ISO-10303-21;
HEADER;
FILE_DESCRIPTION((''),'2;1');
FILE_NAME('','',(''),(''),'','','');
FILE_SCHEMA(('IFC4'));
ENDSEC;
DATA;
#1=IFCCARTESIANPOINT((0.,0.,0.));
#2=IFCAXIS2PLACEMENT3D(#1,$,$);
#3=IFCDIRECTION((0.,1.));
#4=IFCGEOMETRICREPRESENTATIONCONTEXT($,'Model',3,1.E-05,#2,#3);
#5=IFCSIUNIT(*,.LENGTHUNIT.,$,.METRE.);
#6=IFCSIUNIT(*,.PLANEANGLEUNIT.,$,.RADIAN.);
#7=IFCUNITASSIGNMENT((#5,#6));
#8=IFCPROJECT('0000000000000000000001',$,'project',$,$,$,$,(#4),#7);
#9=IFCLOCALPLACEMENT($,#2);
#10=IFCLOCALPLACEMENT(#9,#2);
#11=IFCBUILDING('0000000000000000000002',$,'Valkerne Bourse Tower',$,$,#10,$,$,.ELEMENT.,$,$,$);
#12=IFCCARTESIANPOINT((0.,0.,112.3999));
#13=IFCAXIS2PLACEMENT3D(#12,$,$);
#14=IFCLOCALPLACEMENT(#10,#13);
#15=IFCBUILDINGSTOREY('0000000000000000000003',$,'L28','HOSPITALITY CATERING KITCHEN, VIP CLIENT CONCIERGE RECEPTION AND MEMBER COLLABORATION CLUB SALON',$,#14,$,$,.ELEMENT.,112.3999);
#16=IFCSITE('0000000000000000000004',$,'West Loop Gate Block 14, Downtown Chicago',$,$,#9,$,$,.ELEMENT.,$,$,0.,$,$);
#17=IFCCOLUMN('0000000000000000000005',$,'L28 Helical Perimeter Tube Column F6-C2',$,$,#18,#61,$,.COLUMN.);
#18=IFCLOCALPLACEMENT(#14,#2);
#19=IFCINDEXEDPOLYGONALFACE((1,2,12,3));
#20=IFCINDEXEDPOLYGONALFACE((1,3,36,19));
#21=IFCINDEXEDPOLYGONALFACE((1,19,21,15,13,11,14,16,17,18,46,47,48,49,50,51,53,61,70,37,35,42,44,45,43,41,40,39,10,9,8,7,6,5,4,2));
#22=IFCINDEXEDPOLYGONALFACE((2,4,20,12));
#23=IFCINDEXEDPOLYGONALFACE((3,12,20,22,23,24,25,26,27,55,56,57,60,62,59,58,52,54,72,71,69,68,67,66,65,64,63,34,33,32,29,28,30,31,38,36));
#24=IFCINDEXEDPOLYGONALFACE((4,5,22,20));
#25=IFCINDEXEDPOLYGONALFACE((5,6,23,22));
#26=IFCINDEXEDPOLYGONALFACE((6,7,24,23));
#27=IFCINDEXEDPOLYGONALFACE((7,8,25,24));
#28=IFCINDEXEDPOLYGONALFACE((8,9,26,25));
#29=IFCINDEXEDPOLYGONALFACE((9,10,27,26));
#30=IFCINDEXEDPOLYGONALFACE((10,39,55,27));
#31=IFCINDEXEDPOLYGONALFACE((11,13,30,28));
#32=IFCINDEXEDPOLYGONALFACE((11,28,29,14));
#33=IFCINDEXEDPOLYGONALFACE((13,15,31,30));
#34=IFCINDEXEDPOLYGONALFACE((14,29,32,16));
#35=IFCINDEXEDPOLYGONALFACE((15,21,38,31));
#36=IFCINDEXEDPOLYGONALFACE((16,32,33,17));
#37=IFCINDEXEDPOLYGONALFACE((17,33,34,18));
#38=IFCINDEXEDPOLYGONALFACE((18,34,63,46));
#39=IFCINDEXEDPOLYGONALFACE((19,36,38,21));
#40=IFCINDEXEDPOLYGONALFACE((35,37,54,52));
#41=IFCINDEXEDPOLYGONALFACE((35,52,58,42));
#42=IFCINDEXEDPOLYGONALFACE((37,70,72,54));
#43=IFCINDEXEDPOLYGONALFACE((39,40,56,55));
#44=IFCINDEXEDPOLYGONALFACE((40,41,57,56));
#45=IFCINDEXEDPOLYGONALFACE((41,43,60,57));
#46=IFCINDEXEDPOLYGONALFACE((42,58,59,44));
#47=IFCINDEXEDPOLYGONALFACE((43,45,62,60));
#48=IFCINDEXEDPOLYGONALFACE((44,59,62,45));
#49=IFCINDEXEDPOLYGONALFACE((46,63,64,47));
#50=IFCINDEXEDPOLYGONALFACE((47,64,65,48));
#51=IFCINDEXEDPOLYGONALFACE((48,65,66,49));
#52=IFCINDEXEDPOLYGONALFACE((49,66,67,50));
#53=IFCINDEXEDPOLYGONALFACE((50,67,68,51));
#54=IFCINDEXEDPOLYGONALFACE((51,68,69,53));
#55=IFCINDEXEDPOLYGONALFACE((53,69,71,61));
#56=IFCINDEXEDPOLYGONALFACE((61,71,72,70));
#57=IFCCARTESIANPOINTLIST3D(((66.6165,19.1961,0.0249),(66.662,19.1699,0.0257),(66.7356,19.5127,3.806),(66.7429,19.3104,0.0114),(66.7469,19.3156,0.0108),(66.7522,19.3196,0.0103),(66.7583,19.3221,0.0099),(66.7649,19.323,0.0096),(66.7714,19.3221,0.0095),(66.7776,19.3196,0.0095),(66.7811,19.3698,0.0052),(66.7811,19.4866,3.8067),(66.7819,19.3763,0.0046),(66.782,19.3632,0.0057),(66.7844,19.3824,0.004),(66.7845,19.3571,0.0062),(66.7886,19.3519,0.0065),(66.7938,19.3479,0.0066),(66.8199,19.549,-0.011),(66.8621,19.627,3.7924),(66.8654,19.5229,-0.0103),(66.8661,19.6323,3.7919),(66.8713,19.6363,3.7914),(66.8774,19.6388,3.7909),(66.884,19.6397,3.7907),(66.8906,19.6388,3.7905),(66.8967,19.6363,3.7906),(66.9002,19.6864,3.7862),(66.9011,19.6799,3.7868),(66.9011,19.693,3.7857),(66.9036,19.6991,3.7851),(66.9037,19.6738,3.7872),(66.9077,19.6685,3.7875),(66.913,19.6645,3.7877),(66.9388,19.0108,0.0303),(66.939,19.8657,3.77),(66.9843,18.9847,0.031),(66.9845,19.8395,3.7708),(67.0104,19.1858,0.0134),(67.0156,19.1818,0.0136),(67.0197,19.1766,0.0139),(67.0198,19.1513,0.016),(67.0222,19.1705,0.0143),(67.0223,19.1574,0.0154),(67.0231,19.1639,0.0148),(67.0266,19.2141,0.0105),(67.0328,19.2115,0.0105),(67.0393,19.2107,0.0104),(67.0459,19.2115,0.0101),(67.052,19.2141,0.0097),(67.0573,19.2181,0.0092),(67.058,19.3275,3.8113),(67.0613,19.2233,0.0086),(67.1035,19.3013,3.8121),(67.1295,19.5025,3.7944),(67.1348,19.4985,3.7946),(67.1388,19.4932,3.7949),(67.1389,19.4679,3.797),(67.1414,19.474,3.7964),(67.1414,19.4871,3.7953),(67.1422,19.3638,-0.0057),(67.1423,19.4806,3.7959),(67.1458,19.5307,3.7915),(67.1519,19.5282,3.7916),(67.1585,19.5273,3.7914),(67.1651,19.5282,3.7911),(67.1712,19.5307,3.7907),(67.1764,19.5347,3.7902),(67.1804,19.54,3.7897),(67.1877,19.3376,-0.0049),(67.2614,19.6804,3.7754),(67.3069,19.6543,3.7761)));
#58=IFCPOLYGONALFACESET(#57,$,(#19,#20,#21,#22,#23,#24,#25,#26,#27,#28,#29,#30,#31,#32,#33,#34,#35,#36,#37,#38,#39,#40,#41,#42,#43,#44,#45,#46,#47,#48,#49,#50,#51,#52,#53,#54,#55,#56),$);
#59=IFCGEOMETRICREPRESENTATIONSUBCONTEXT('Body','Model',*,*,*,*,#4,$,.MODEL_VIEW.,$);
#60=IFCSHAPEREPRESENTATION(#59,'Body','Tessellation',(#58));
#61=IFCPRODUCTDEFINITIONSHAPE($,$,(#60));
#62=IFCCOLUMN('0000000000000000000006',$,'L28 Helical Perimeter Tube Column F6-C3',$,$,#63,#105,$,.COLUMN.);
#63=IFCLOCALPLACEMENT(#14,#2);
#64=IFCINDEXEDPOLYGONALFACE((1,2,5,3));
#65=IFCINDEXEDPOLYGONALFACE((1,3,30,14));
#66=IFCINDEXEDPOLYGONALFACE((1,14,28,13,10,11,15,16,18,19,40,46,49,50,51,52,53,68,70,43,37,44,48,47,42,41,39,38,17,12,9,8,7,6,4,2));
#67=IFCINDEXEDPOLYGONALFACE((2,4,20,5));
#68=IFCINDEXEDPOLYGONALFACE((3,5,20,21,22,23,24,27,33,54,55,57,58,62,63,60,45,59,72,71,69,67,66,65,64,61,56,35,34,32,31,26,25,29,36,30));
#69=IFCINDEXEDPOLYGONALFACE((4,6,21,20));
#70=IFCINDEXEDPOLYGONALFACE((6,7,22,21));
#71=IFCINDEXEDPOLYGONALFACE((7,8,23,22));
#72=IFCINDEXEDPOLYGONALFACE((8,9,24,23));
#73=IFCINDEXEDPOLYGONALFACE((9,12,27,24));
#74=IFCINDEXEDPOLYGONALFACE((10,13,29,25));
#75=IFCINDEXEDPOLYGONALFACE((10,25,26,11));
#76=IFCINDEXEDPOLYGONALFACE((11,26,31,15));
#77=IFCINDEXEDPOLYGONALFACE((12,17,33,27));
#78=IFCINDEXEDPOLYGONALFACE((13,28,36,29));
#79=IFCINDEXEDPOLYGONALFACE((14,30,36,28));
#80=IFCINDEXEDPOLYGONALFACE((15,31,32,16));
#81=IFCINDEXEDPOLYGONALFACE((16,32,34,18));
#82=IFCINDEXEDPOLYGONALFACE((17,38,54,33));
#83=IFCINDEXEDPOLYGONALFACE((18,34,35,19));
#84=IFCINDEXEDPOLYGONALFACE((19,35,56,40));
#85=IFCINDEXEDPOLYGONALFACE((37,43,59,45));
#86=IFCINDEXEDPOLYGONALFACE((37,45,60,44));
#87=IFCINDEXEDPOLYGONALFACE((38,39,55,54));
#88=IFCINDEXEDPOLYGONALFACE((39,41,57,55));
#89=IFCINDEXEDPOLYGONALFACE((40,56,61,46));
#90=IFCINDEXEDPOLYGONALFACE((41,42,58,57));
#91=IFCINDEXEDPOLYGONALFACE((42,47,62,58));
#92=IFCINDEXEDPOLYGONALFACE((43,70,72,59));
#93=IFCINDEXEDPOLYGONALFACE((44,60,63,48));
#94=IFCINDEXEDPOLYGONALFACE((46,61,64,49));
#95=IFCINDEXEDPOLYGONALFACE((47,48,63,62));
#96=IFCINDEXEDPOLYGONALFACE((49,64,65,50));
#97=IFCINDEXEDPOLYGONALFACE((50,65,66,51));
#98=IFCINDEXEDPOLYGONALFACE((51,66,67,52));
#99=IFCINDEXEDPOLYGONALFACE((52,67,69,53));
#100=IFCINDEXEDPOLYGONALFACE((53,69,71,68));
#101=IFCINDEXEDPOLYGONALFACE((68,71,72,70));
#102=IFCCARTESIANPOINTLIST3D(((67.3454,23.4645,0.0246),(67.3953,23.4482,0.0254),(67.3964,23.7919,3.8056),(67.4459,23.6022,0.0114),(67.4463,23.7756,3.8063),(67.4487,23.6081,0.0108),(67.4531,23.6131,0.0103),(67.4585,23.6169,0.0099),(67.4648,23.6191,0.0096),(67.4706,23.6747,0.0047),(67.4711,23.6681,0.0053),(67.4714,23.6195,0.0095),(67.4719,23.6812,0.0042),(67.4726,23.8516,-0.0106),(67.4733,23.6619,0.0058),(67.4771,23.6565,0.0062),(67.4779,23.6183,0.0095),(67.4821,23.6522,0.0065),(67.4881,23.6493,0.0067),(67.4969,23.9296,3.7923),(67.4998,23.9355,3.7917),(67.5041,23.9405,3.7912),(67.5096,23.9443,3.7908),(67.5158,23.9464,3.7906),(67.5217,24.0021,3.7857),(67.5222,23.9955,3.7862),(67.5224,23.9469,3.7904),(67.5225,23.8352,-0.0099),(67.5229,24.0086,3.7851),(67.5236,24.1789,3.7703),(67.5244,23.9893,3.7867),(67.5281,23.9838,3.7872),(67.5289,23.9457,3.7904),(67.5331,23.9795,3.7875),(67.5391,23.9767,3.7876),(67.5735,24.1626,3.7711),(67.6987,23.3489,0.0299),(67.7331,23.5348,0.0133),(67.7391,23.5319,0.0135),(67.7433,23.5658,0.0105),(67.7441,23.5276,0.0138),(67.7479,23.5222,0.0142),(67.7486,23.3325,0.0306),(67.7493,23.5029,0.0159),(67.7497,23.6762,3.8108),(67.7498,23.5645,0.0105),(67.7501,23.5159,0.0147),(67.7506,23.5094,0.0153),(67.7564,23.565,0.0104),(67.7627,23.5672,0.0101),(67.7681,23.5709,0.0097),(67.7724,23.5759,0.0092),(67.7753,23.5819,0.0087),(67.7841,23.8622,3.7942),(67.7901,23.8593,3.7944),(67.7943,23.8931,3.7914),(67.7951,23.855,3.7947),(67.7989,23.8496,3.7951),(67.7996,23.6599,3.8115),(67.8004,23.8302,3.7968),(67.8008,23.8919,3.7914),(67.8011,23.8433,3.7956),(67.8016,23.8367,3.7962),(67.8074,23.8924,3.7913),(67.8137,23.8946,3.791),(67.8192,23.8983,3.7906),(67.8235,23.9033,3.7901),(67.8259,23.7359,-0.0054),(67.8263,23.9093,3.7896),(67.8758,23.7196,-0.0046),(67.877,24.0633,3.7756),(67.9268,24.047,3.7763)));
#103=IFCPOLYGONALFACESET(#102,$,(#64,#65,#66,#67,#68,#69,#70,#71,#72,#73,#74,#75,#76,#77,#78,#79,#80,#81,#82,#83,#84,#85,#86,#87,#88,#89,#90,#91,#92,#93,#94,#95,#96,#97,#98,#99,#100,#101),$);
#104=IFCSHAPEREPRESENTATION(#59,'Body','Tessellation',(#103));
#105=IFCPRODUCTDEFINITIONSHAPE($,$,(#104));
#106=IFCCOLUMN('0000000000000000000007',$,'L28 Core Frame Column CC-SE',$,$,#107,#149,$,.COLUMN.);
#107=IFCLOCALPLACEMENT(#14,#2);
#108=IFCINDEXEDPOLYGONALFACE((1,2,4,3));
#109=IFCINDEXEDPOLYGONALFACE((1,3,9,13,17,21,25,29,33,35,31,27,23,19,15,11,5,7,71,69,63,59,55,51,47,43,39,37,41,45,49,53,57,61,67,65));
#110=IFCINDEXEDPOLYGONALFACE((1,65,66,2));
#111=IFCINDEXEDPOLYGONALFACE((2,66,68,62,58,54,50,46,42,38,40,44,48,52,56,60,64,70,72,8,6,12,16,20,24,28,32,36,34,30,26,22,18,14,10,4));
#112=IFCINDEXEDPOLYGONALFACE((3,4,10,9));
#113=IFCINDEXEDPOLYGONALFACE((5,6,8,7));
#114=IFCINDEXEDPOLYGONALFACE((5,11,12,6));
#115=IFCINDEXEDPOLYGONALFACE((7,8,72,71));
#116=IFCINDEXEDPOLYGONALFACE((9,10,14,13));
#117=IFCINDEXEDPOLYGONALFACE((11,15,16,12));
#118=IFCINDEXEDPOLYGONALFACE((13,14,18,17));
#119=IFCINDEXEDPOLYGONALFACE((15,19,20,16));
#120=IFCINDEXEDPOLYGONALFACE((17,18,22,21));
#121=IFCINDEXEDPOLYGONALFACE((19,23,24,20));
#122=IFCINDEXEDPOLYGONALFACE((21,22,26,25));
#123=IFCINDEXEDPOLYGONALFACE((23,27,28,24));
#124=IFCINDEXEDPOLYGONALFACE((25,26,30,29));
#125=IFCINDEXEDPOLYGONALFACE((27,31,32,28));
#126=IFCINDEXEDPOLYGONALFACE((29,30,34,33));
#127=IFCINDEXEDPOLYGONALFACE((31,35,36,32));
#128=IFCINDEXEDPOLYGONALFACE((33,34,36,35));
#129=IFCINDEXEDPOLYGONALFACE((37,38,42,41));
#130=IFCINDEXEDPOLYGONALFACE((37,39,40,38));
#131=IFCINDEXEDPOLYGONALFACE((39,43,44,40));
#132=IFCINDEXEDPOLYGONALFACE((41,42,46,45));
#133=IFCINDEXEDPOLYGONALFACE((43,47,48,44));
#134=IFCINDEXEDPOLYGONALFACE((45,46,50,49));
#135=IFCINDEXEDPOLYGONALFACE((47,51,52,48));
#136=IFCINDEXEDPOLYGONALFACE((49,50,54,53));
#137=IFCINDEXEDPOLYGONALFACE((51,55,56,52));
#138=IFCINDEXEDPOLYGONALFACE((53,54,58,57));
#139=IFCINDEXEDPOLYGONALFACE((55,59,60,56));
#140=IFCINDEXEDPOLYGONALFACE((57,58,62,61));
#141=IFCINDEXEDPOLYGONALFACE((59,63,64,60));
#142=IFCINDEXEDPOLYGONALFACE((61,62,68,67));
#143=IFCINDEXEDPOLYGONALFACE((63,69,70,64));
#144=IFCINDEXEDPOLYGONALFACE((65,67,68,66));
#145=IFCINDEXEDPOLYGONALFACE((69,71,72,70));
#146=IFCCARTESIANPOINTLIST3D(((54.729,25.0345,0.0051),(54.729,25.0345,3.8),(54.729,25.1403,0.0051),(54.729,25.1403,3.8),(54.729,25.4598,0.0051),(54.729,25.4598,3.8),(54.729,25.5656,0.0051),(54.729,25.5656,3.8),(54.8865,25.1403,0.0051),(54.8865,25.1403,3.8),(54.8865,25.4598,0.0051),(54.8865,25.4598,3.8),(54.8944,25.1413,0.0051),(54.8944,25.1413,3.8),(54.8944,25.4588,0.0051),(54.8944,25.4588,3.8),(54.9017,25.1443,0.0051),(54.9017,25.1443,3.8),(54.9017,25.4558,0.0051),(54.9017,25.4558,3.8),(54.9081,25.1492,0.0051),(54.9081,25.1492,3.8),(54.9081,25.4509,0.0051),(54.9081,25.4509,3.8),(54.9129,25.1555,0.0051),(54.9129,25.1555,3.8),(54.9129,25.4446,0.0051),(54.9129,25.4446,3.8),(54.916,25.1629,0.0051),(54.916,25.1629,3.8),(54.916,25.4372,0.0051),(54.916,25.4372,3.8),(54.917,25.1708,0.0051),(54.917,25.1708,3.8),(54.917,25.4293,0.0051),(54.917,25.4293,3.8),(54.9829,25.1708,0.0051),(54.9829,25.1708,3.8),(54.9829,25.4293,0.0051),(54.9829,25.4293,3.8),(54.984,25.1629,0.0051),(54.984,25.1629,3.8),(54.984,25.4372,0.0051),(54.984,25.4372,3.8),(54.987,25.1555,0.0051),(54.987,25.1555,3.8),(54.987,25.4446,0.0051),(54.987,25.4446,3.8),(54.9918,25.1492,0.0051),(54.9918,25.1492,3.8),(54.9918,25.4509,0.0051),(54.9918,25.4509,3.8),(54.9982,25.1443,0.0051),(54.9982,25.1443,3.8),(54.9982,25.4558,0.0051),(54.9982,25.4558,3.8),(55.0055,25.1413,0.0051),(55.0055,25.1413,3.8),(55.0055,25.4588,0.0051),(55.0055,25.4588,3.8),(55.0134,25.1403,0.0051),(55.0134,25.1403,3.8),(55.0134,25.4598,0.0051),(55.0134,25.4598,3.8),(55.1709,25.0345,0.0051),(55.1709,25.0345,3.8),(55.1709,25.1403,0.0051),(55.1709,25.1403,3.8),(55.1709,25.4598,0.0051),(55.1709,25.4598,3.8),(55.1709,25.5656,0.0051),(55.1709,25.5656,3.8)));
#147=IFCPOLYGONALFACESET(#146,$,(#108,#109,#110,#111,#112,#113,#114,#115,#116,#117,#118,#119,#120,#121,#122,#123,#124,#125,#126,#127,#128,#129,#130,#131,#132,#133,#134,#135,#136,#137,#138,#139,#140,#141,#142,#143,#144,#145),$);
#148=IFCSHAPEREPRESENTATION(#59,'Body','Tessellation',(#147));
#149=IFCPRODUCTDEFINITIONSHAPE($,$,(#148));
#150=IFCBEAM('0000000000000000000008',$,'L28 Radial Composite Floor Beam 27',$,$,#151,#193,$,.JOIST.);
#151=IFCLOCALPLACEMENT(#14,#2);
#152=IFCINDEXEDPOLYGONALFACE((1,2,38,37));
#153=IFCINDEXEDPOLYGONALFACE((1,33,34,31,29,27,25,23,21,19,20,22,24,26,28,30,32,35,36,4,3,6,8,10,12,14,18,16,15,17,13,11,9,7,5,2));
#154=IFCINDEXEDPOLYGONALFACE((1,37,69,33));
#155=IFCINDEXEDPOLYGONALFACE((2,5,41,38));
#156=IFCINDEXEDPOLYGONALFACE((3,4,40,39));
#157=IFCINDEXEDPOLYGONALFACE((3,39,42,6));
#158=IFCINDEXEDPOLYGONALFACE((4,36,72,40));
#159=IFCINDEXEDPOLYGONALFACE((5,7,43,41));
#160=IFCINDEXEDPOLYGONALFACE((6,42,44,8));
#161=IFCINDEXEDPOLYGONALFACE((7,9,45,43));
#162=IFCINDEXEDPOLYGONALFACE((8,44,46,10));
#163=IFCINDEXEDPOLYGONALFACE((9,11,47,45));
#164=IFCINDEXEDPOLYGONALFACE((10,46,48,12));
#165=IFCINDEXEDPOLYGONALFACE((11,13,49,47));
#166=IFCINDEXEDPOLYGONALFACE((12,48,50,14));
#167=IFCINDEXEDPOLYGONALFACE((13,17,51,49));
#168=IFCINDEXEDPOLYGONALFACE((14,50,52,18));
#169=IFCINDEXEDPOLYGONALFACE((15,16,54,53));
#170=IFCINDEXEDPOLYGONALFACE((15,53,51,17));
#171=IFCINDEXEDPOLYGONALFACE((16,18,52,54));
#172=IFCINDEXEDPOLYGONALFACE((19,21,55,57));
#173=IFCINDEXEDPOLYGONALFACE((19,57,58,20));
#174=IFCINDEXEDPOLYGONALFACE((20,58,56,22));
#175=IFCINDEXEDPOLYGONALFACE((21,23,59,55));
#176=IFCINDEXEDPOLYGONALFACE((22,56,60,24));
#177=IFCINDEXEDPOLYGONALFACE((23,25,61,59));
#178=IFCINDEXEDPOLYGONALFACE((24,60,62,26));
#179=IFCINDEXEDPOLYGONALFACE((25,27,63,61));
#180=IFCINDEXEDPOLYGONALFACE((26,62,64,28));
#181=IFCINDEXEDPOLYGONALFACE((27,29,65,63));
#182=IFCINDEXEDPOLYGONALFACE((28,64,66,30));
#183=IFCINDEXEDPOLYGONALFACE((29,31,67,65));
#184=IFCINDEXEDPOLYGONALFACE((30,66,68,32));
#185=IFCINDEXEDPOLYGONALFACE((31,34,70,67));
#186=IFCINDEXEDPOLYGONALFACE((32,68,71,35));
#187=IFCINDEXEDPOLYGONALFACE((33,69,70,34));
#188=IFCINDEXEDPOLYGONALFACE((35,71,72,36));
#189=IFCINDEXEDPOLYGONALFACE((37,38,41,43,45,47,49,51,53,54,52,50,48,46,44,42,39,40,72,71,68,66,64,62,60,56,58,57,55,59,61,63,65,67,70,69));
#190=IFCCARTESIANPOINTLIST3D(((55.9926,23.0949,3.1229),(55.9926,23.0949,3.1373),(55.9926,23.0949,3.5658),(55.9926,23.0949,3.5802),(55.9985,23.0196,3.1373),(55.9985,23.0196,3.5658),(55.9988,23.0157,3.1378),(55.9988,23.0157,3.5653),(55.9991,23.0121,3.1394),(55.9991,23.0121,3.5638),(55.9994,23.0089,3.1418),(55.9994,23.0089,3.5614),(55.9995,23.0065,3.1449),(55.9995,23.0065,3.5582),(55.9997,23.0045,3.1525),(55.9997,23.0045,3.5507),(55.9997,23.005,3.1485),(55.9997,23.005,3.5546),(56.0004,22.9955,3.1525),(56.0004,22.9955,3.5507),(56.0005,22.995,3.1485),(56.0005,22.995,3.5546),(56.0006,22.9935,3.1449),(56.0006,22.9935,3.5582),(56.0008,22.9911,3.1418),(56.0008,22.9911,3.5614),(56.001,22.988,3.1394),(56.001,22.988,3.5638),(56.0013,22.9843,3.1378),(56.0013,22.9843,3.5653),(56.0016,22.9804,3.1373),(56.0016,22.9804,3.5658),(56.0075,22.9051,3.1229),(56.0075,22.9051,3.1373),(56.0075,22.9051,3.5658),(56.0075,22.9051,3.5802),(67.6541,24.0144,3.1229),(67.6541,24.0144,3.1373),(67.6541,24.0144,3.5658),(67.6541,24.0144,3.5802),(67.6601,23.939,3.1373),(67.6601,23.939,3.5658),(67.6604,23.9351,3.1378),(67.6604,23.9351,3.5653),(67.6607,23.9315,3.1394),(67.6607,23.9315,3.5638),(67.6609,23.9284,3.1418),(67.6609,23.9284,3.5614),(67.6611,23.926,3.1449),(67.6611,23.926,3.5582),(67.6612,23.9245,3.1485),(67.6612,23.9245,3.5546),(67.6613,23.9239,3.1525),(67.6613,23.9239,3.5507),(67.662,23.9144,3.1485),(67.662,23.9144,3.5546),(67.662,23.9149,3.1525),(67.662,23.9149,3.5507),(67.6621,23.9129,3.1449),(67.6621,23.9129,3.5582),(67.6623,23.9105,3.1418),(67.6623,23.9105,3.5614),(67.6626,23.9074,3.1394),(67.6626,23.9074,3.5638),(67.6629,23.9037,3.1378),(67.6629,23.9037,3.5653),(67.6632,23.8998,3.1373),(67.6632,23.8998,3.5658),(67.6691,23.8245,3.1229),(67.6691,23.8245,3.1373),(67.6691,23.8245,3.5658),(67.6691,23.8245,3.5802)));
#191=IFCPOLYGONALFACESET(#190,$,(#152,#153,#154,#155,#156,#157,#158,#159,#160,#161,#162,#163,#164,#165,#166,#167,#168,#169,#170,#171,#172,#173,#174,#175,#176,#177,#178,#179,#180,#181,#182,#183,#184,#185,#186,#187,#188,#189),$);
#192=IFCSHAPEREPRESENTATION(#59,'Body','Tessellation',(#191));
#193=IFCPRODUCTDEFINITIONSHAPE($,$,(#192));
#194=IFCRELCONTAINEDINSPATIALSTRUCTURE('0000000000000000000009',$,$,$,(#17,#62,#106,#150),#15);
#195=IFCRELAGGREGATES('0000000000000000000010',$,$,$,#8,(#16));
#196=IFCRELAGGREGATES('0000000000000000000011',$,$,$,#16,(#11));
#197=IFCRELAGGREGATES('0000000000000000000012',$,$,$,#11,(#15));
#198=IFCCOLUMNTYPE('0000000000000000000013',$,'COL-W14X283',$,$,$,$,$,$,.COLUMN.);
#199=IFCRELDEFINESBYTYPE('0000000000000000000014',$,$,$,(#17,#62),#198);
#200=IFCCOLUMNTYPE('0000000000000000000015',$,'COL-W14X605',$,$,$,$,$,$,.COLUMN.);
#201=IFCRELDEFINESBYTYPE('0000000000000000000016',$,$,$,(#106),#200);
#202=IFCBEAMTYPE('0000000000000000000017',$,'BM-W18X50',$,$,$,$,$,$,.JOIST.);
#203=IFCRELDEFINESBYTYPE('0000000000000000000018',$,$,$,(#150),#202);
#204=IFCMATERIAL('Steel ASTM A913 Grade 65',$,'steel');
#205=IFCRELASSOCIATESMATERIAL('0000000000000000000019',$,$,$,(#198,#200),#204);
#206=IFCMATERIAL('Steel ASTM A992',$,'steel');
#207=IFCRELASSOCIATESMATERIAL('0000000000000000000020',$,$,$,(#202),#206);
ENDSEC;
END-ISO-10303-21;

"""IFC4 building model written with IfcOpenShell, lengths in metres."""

from ifc_helpers import new_model, si_unit, direction, frame, origin, origin_2d, place, context, subcontext, project, spatial, i_section, extrude, material, material_profile, profile_set, type_object, element, save


model = new_model("IFC4")

# Units and contexts
model_context = context("Model", 3, precision=1e-05, world=origin(), true_north=direction((0.0, 1.0)))
body_context = subcontext(model_context, "Body", "Model", "MODEL_VIEW")
ifc_project = project(units=[si_unit("LENGTHUNIT", "METRE"), si_unit("PLANEANGLEUNIT", "RADIAN")], contexts=[model_context])

# Site, building, storey
site_placement = place(None, origin())
site = spatial("IfcSite", under=ifc_project, at=site_placement, Name="West Loop Gate Block 14, Downtown Chicago", CompositionType="ELEMENT", RefElevation=0.0)
building_placement = place(site_placement, origin())
building = spatial("IfcBuilding", under=site, at=building_placement, Name="Valkerne Bourse Tower", CompositionType="ELEMENT")
storey_placement = place(building_placement, frame((0.0, 0.0, 112.3999)))
storey = spatial("IfcBuildingStorey", under=building, at=storey_placement, Name="L28", Description="HOSPITALITY CATERING KITCHEN, VIP CLIENT CONCIERGE RECEPTION AND MEMBER COLLABORATION CLUB SALON", CompositionType="ELEMENT", Elevation=112.3999)

# Columns
ifc_material_1 = material(Name="Steel ASTM A913 Grade 65", Category="steel")
ifc_material_profile_1 = material_profile(ifc_material_1, i_section(OverallWidth=0.4089, OverallDepth=0.4243, WebThickness=0.0327, FlangeThickness=0.0525, FilletRadius=0.0254, at=origin_2d()), Name="W14X283")
ifc_profile_set_1 = profile_set([ifc_material_profile_1], Name="Steel ASTM A913 Grade 65")
column_type_1 = type_object("IfcColumnType", Name="COL-W14X283", PredefinedType="COLUMN", material=ifc_profile_set_1)
column_1_placement = place(storey_placement, frame((66.9021, 19.2668, 0.01), z_axis=(0.031385, 0.083414, 0.996021), x_axis=(-0.497392, -0.863056, 0.087952)))
element("IfcColumn", 1, at=column_1_placement, inside=storey, type_object=column_type_1, Name="L28 Helical Perimeter Tube Column F6-C2", PredefinedType="COLUMN", context=body_context, shape_type="SweptSolid", body=[
    extrude(i_section(OverallWidth=0.4089, OverallDepth=0.4243, WebThickness=0.0327, FlangeThickness=0.0525, FilletRadius=0.0254, at=origin_2d()), origin(), (0.0, 0.0, 1.0), 3.7961),
])
column_2_placement = place(storey_placement, frame((67.6106, 23.592, 0.01), z_axis=(0.013444, 0.086258, 0.996182), x_axis=(-0.311067, -0.946475, 0.086152)))
element("IfcColumn", 2, at=column_2_placement, inside=storey, type_object=column_type_1, Name="L28 Helical Perimeter Tube Column F6-C3", PredefinedType="COLUMN", context=body_context, shape_type="SweptSolid", body=[
    extrude(i_section(OverallWidth=0.4089, OverallDepth=0.4243, WebThickness=0.0327, FlangeThickness=0.0525, FilletRadius=0.0254, at=origin_2d()), origin(), (0.0, 0.0, 1.0), 3.7954),
])
ifc_material_profile_2 = material_profile(ifc_material_1, i_section(OverallWidth=0.4419, OverallDepth=0.531, WebThickness=0.0659, FlangeThickness=0.1057, FilletRadius=0.0305, at=origin_2d()), Name="W14X605")
ifc_profile_set_2 = profile_set([ifc_material_profile_2], Name="Steel ASTM A913 Grade 65")
column_type_2 = type_object("IfcColumnType", Name="COL-W14X605", PredefinedType="COLUMN", material=ifc_profile_set_2)
column_3_placement = place(storey_placement, frame((54.95, 25.3, 0.0051), z_axis=(0.0, 0.0, 1.0), x_axis=(1.0, 0.0, 0.0)))
element("IfcColumn", 3, at=column_3_placement, inside=storey, type_object=column_type_2, Name="L28 Core Frame Column CC-SE", PredefinedType="COLUMN", context=body_context, shape_type="SweptSolid", body=[
    extrude(i_section(OverallWidth=0.4419, OverallDepth=0.531, WebThickness=0.0659, FlangeThickness=0.1057, FilletRadius=0.0305, at=origin_2d()), origin(), (0.0, 0.0, 1.0), 3.7949),
])

# Beam
ifc_material_2 = material(Name="Steel ASTM A992", Category="steel")
ifc_material_profile_3 = material_profile(ifc_material_2, i_section(OverallWidth=0.1904, OverallDepth=0.4573, WebThickness=0.009, FlangeThickness=0.0144, FilletRadius=0.0151, at=origin_2d()), Name="W18X50")
ifc_profile_set_3 = profile_set([ifc_material_profile_3], Name="Steel ASTM A992")
beam_type_1 = type_object("IfcBeamType", Name="BM-W18X50", PredefinedType="JOIST", material=ifc_profile_set_3)
beam_1_placement = place(storey_placement, frame((67.6616, 23.9194, 3.3516), z_axis=(-0.996906, -0.078599, 0.0), x_axis=(0.078599, -0.996906, 0.0)))
element("IfcBeam", 4, at=beam_1_placement, inside=storey, type_object=beam_type_1, Name="L28 Radial Composite Floor Beam 27", PredefinedType="JOIST", context=body_context, shape_type="SweptSolid", body=[
    extrude(i_section(OverallWidth=0.1904, OverallDepth=0.4573, WebThickness=0.009, FlangeThickness=0.0144, FilletRadius=0.0151, at=origin_2d()), origin(), (0.0, 0.0, 1.0), 11.6978),
])

save(model, "model.ifc")
